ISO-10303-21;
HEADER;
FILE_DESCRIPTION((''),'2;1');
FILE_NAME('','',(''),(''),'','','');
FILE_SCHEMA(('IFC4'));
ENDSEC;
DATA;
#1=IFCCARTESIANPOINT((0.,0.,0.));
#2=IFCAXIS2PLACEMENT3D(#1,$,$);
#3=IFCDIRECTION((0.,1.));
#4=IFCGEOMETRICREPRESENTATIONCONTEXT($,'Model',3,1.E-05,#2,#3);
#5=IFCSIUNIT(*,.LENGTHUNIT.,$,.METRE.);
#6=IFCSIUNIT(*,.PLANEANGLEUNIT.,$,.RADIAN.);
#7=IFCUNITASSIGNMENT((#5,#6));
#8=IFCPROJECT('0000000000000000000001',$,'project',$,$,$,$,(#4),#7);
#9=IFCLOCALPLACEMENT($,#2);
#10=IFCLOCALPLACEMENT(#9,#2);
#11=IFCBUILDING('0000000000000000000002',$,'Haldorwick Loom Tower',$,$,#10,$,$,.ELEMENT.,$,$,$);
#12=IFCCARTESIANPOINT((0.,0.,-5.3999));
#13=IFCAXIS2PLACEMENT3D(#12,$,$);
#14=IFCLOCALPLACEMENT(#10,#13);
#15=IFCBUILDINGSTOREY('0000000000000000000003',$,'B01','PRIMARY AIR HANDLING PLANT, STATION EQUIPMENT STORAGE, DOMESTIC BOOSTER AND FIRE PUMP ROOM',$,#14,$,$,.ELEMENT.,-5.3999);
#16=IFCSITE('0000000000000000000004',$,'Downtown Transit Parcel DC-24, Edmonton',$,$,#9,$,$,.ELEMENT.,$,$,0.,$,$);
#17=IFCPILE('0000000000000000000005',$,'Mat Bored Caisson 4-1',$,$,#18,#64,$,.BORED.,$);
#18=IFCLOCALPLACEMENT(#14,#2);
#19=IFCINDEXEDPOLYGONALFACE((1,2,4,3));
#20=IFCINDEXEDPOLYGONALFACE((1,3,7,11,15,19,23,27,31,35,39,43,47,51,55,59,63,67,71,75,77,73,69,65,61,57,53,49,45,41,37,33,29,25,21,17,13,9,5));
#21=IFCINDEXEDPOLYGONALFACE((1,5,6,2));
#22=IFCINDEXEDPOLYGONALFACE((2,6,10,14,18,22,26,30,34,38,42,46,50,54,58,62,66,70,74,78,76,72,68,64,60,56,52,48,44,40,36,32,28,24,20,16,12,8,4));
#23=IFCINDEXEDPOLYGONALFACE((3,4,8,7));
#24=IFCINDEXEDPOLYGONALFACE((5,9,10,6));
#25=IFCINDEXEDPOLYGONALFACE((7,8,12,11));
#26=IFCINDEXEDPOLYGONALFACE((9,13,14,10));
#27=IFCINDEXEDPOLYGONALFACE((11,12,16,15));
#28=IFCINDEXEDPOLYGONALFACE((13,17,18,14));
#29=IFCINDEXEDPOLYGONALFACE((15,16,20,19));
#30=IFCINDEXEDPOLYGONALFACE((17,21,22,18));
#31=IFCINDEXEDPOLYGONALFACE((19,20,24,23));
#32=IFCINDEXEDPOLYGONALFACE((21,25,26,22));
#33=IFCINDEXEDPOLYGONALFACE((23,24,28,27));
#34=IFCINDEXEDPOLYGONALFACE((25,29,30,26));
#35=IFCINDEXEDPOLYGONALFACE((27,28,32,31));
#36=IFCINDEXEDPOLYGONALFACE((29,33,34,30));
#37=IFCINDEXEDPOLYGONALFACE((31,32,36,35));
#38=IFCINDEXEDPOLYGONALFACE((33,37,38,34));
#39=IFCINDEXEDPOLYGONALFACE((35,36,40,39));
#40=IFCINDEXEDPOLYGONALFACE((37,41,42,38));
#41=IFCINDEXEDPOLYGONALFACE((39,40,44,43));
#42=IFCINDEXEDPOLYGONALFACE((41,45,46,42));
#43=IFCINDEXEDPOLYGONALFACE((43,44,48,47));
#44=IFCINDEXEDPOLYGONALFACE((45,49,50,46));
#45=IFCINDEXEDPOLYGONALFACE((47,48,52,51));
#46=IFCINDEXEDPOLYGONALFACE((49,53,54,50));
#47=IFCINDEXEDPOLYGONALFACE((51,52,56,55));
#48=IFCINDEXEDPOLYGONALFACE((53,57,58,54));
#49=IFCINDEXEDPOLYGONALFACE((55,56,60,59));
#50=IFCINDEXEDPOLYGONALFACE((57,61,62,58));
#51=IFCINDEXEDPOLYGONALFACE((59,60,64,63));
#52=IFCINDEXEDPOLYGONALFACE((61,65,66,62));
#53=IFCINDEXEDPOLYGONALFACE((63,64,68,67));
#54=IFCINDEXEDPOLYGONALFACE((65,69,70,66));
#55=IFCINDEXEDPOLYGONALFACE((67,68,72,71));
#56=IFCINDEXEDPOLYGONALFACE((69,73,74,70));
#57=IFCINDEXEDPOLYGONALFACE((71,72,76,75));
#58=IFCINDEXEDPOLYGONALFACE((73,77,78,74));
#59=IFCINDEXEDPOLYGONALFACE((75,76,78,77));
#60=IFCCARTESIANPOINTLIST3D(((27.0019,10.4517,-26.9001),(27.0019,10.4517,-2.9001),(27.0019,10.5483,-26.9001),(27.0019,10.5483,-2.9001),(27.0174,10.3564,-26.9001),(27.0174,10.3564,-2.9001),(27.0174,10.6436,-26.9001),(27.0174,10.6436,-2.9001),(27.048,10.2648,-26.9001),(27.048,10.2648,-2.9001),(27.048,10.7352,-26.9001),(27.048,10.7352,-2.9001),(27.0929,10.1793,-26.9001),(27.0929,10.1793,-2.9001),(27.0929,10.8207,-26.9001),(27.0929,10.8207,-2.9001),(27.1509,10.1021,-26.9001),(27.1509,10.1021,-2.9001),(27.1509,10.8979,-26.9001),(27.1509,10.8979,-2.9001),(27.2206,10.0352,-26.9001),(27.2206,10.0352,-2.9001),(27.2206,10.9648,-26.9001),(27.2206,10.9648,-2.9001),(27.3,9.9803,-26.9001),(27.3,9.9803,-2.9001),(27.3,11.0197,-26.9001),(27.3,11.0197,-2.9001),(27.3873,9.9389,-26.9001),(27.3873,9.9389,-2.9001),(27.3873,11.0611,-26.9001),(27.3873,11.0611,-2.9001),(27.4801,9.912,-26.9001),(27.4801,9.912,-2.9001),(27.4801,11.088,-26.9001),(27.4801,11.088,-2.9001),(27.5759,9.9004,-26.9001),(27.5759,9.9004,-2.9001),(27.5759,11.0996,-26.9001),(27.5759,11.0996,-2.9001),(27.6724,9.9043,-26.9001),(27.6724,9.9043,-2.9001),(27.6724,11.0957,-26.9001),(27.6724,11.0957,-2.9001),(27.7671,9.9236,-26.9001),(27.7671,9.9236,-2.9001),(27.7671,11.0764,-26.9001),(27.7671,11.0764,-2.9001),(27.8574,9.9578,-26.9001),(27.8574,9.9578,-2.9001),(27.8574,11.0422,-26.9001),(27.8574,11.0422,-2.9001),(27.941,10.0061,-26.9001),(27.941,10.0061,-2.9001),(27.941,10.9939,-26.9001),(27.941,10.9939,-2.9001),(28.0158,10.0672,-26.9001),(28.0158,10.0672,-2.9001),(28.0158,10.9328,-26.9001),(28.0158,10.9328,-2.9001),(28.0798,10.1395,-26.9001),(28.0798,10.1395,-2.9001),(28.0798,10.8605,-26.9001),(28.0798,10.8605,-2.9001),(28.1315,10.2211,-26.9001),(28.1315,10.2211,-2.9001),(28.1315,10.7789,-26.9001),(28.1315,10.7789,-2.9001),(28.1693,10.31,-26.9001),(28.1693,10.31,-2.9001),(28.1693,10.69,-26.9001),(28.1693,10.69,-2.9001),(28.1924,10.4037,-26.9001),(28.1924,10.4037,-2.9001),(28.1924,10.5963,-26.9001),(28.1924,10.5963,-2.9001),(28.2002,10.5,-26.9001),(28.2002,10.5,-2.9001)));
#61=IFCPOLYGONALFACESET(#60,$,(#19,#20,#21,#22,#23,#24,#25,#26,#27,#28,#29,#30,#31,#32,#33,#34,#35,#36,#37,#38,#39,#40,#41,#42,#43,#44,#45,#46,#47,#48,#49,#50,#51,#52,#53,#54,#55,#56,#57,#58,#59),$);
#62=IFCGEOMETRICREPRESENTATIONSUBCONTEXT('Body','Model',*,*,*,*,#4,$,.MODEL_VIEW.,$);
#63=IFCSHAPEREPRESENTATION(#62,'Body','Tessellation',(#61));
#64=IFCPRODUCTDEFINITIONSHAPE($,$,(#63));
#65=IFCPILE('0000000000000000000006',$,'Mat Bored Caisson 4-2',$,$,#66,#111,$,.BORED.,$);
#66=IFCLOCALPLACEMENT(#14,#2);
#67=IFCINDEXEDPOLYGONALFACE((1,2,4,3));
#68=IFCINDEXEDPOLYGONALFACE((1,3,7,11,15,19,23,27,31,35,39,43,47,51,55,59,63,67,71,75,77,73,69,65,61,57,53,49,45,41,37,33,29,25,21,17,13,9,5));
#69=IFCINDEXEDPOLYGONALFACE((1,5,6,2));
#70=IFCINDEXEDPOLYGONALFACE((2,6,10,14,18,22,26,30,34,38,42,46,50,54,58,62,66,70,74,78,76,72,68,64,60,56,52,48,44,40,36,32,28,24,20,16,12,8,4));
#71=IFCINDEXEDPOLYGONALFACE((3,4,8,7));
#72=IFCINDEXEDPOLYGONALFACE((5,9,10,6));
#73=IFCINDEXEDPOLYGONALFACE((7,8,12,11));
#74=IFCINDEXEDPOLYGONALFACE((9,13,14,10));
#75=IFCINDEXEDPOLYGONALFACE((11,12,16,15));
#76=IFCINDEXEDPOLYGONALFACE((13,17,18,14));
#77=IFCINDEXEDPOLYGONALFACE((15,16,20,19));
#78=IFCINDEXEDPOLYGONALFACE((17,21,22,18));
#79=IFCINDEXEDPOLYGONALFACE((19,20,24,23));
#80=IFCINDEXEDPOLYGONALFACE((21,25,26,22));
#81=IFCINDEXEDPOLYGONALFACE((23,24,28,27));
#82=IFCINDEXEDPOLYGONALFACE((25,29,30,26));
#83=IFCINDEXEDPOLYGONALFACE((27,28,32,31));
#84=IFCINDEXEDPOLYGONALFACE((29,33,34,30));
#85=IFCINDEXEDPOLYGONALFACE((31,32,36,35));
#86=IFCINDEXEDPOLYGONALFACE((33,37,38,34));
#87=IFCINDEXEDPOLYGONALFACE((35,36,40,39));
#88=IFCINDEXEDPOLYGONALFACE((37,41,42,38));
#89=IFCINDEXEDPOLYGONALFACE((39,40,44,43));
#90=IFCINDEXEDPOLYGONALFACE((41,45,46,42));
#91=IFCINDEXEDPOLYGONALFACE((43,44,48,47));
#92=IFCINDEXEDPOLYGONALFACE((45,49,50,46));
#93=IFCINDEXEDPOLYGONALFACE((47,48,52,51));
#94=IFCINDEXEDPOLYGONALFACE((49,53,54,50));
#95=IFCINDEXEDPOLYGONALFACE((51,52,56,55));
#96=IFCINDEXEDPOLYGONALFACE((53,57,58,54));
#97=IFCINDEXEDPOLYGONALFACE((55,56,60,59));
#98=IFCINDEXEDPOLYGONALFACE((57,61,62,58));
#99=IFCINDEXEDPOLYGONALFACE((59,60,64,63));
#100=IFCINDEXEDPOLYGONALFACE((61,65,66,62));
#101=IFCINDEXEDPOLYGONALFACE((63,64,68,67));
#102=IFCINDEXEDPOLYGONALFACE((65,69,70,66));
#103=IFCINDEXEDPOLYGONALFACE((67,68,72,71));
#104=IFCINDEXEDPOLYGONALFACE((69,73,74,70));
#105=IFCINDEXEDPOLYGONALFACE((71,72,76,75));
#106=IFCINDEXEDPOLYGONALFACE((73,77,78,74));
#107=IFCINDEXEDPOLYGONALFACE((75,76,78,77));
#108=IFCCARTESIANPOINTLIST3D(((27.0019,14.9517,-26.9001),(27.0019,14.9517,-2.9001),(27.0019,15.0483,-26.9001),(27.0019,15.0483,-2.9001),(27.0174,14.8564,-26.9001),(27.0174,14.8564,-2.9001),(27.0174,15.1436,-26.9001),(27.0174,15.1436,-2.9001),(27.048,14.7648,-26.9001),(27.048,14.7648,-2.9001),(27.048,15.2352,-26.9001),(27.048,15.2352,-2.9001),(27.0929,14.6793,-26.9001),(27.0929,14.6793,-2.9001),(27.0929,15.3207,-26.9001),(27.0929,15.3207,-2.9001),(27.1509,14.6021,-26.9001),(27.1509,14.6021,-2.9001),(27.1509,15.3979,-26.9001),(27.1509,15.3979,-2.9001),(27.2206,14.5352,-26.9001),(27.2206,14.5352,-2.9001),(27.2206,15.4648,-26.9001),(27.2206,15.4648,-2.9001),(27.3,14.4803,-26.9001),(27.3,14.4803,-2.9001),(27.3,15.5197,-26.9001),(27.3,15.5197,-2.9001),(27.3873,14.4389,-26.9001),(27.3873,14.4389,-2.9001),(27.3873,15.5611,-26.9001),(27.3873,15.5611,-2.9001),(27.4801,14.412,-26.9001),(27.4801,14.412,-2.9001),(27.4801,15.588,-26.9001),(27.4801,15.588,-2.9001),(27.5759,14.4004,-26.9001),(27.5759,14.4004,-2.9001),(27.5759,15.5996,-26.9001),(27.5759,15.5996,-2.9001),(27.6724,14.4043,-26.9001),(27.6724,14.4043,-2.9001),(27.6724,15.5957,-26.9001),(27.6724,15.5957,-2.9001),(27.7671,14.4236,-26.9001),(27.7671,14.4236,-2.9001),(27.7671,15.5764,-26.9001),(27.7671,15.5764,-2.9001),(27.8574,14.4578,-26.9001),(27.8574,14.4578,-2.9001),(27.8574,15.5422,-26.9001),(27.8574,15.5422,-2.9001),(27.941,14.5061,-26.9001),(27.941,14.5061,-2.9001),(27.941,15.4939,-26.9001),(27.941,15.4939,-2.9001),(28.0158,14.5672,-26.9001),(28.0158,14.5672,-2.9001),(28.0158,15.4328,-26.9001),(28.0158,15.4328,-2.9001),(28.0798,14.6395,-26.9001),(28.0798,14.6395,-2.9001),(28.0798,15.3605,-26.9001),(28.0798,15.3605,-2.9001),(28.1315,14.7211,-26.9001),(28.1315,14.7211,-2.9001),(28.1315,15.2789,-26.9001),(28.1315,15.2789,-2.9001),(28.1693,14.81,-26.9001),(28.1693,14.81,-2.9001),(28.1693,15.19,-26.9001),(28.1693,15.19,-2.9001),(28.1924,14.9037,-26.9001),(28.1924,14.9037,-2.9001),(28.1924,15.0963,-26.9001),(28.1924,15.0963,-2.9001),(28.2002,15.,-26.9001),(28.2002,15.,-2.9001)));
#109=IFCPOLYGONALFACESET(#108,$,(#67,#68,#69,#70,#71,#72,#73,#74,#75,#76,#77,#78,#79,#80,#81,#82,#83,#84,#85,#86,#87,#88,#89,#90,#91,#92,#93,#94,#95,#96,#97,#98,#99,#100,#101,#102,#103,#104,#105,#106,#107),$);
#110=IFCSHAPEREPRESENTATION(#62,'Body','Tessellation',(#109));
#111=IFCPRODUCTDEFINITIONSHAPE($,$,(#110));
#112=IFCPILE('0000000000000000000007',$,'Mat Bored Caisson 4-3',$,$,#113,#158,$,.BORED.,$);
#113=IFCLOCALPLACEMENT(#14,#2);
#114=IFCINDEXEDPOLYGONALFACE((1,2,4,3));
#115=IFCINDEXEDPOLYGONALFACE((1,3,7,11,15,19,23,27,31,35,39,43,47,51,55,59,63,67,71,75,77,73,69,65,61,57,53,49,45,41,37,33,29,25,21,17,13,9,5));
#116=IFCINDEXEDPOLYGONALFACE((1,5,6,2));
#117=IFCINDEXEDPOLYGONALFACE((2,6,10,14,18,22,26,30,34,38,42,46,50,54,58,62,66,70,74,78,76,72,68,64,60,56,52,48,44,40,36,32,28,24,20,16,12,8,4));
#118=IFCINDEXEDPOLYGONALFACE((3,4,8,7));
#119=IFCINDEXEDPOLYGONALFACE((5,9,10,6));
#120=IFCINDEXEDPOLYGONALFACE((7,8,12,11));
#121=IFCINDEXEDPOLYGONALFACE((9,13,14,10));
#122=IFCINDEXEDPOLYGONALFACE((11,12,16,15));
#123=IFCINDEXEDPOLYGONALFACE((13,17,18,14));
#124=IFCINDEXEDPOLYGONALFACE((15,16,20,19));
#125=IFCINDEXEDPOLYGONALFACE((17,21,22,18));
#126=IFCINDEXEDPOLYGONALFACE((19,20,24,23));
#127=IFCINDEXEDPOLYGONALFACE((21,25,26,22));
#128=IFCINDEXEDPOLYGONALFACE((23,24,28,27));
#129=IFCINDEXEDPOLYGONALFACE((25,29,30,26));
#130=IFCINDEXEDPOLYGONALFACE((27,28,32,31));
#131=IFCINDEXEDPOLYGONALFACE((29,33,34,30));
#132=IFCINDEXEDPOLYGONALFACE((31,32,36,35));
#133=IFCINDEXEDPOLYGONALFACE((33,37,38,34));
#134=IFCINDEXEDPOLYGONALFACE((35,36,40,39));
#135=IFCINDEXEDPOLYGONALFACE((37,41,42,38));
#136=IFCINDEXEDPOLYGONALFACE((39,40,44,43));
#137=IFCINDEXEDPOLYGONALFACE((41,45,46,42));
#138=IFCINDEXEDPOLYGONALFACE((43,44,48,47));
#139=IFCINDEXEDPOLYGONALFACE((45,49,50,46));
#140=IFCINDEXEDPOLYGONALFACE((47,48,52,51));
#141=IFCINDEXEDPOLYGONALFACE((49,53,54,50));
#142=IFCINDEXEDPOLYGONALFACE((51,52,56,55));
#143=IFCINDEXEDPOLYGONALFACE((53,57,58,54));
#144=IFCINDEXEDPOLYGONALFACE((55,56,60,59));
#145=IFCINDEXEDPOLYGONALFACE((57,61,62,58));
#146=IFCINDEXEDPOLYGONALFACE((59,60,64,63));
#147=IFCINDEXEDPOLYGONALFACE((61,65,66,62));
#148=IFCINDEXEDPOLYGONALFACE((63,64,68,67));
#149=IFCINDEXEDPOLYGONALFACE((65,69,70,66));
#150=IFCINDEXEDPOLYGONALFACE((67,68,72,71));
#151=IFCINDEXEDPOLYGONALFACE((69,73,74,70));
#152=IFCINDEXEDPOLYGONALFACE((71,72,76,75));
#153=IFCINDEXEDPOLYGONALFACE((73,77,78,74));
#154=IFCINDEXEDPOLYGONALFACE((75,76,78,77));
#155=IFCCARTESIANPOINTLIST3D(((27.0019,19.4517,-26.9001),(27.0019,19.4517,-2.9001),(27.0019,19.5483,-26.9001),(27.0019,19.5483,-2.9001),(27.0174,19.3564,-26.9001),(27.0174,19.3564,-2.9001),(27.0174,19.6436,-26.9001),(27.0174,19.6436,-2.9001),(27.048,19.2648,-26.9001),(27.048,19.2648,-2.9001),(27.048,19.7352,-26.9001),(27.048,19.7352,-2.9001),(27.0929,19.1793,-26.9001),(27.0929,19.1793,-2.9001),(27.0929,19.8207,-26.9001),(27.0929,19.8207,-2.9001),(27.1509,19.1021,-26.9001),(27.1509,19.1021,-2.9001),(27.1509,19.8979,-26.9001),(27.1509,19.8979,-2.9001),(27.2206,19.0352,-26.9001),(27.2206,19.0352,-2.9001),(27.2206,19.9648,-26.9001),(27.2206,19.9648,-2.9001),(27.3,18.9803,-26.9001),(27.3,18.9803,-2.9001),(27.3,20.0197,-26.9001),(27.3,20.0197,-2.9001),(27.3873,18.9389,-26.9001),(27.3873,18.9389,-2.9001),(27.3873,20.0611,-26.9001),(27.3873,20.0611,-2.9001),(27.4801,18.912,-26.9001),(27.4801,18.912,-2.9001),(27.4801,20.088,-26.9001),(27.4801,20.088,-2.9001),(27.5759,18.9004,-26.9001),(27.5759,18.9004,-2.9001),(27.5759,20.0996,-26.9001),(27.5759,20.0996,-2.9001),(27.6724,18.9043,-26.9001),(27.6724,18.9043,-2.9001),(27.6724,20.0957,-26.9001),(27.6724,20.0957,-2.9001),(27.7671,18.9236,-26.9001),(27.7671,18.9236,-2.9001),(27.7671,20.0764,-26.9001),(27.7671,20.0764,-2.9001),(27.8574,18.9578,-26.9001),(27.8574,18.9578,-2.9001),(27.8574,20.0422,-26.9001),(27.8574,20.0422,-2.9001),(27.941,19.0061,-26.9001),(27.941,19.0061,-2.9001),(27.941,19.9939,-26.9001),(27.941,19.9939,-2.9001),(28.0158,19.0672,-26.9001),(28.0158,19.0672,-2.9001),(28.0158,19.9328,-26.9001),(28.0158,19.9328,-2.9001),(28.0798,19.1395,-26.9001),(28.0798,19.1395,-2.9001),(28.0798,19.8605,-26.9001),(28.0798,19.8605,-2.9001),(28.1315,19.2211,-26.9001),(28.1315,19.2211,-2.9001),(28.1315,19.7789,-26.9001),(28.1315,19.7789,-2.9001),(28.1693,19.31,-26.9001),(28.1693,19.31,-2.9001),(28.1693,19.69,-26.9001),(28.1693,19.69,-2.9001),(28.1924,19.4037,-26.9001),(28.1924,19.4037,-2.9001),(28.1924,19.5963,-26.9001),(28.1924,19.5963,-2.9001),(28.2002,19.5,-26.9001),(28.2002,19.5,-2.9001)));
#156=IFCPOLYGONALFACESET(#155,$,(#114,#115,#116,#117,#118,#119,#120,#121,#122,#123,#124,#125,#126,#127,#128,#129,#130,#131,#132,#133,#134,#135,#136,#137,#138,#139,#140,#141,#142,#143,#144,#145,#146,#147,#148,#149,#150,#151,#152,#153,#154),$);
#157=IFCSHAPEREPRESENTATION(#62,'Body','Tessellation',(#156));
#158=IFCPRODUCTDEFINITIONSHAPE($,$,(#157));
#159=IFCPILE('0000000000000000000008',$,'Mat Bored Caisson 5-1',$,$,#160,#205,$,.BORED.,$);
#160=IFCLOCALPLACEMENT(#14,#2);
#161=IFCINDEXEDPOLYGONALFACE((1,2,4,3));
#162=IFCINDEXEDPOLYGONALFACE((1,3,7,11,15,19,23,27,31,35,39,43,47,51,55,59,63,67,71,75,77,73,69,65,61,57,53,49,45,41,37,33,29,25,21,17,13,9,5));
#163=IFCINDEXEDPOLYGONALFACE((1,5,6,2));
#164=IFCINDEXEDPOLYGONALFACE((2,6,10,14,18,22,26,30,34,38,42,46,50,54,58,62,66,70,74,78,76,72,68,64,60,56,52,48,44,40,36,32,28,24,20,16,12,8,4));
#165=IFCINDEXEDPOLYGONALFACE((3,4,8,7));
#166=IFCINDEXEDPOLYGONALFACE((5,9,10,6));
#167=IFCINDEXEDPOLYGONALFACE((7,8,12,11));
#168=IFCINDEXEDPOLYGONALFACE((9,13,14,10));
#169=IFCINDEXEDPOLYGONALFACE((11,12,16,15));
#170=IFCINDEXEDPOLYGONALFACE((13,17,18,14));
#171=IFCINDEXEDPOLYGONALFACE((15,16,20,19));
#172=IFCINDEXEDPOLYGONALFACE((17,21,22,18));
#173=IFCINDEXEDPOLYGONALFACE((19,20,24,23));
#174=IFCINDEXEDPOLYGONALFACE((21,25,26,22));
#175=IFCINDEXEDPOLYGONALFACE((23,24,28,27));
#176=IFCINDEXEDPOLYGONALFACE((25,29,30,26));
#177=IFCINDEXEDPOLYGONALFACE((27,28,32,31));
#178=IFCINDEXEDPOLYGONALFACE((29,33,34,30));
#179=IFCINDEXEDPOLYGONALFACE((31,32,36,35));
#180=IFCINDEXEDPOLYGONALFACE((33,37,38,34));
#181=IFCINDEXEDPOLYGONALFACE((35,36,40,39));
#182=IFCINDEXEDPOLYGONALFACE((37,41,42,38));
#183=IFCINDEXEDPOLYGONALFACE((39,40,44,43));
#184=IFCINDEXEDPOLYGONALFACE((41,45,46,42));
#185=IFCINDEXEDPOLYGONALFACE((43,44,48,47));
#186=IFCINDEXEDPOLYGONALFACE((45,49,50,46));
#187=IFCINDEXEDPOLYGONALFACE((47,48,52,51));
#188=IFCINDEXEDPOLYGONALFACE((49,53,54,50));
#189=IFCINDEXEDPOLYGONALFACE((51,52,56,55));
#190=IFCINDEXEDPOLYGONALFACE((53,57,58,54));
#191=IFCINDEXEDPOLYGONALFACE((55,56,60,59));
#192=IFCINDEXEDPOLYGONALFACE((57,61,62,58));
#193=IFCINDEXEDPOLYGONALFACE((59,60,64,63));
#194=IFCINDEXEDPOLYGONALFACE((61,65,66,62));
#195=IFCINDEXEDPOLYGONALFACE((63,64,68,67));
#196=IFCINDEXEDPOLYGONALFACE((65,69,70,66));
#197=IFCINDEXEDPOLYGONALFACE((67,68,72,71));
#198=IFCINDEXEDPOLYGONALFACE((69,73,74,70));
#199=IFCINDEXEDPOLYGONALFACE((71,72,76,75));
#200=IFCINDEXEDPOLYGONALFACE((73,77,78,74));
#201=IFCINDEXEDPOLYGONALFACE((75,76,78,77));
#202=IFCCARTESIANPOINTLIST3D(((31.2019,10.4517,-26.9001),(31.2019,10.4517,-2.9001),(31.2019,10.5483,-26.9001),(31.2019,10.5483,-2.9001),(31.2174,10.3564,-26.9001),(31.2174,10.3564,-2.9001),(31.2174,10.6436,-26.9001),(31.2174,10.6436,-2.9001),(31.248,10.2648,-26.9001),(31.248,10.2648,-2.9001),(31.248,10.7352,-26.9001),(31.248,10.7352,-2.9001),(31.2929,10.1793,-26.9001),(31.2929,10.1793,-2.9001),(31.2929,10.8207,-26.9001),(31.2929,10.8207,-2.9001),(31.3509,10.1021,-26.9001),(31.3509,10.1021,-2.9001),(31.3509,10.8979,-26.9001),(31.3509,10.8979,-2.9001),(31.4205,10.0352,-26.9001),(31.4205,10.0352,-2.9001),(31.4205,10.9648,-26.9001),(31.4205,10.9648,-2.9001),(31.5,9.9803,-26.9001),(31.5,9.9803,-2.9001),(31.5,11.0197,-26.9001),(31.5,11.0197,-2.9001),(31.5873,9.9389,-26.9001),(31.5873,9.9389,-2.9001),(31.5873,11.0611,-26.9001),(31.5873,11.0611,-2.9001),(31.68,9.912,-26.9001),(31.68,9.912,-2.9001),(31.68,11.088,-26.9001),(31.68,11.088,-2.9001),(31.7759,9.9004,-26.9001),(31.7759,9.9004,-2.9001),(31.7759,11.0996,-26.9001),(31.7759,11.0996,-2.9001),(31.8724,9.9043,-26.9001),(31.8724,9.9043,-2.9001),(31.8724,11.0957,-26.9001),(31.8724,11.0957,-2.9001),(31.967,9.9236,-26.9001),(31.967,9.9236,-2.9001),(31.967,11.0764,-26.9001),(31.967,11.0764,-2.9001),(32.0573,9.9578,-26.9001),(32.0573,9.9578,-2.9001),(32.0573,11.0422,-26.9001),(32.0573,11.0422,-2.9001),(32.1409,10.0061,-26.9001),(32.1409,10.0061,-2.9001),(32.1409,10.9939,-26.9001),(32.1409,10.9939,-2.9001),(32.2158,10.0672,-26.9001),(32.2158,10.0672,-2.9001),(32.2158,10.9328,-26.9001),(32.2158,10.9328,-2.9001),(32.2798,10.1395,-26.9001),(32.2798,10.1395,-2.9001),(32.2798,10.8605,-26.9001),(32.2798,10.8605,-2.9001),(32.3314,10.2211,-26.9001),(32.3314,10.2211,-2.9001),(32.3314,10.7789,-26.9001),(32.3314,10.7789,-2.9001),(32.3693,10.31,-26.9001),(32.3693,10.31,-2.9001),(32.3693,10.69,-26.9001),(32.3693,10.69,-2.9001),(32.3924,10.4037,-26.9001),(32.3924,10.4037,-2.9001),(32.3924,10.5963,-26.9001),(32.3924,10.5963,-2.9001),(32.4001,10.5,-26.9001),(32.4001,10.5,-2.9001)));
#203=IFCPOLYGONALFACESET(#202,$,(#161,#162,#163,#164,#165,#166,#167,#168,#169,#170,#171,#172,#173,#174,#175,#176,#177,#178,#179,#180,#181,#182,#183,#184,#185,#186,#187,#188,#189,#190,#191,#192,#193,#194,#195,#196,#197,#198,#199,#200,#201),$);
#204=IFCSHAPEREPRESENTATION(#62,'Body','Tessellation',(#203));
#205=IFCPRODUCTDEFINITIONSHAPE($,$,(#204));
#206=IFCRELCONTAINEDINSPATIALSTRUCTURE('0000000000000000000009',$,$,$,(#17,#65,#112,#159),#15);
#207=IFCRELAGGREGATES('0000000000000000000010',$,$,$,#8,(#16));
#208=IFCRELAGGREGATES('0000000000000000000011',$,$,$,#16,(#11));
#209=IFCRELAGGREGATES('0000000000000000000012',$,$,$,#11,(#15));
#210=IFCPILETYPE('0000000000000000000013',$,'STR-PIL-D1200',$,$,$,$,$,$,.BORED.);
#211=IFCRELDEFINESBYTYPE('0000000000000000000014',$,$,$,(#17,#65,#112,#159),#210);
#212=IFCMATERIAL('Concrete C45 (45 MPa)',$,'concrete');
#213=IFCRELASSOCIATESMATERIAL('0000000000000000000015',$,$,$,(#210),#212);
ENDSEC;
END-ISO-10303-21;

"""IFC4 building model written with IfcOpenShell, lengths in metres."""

from ifc_helpers import new_model, si_unit, direction, frame, origin, origin_2d, place, context, subcontext, project, spatial, circle, extrude, material, material_profile, profile_set, type_object, element, save


model = new_model("IFC4")

# Units and contexts
model_context = context("Model", 3, precision=1e-05, world=origin(), true_north=direction((0.0, 1.0)))
body_context = subcontext(model_context, "Body", "Model", "MODEL_VIEW")
ifc_project = project(units=[si_unit("LENGTHUNIT", "METRE"), si_unit("PLANEANGLEUNIT", "RADIAN")], contexts=[model_context])

# Site, building, storey
site_placement = place(None, origin())
site = spatial("IfcSite", under=ifc_project, at=site_placement, Name="Downtown Transit Parcel DC-24, Edmonton", CompositionType="ELEMENT", RefElevation=0.0)
building_placement = place(site_placement, origin())
building = spatial("IfcBuilding", under=site, at=building_placement, Name="Haldorwick Loom Tower", CompositionType="ELEMENT")
storey_placement = place(building_placement, frame((0.0, 0.0, -5.3999)))
storey = spatial("IfcBuildingStorey", under=building, at=storey_placement, Name="B01", Description="PRIMARY AIR HANDLING PLANT, STATION EQUIPMENT STORAGE, DOMESTIC BOOSTER AND FIRE PUMP ROOM", CompositionType="ELEMENT", Elevation=-5.3999)

# Piles
ifc_material_1 = material(Name="Concrete C45 (45 MPa)", Category="concrete")
ifc_material_profile_1 = material_profile(ifc_material_1, circle(Radius=0.6001, at=origin_2d()), Name="CAISSON_D1200", Category="concrete")
ifc_profile_set_1 = profile_set([ifc_material_profile_1], Name="Concrete C45 (45 MPa)")
pile_type_1 = type_object("IfcPileType", Name="STR-PIL-D1200", PredefinedType="BORED", material=ifc_profile_set_1)
for number, where, z_axis, x_axis, name in (
    (1, (27.6001, 10.5, -2.9001), (0.0, 0.0, -1.0), (1.0, 0.0, 0.0), "Mat Bored Caisson 4-1"),
    (2, (27.6001, 15.0, -2.9001), (0.0, 0.0, -1.0), (1.0, 0.0, 0.0), "Mat Bored Caisson 4-2"),
    (3, (27.6001, 19.5, -2.9001), (0.0, 0.0, -1.0), (1.0, 0.0, 0.0), "Mat Bored Caisson 4-3"),
    (4, (31.8, 10.5, -2.9001), (0.0, 0.0, -1.0), (1.0, 0.0, 0.0), "Mat Bored Caisson 5-1"),
):
    element("IfcPile", number, at=place(storey_placement, frame(where, z_axis=z_axis, x_axis=x_axis)), inside=storey, type_object=pile_type_1, Name=name, PredefinedType="BORED", context=body_context, shape_type="SweptSolid", body=[
        extrude(circle(Radius=0.6001, at=origin_2d()), origin(), (0.0, 0.0, 1.0), 24.0),
    ])

save(model, "model.ifc")
